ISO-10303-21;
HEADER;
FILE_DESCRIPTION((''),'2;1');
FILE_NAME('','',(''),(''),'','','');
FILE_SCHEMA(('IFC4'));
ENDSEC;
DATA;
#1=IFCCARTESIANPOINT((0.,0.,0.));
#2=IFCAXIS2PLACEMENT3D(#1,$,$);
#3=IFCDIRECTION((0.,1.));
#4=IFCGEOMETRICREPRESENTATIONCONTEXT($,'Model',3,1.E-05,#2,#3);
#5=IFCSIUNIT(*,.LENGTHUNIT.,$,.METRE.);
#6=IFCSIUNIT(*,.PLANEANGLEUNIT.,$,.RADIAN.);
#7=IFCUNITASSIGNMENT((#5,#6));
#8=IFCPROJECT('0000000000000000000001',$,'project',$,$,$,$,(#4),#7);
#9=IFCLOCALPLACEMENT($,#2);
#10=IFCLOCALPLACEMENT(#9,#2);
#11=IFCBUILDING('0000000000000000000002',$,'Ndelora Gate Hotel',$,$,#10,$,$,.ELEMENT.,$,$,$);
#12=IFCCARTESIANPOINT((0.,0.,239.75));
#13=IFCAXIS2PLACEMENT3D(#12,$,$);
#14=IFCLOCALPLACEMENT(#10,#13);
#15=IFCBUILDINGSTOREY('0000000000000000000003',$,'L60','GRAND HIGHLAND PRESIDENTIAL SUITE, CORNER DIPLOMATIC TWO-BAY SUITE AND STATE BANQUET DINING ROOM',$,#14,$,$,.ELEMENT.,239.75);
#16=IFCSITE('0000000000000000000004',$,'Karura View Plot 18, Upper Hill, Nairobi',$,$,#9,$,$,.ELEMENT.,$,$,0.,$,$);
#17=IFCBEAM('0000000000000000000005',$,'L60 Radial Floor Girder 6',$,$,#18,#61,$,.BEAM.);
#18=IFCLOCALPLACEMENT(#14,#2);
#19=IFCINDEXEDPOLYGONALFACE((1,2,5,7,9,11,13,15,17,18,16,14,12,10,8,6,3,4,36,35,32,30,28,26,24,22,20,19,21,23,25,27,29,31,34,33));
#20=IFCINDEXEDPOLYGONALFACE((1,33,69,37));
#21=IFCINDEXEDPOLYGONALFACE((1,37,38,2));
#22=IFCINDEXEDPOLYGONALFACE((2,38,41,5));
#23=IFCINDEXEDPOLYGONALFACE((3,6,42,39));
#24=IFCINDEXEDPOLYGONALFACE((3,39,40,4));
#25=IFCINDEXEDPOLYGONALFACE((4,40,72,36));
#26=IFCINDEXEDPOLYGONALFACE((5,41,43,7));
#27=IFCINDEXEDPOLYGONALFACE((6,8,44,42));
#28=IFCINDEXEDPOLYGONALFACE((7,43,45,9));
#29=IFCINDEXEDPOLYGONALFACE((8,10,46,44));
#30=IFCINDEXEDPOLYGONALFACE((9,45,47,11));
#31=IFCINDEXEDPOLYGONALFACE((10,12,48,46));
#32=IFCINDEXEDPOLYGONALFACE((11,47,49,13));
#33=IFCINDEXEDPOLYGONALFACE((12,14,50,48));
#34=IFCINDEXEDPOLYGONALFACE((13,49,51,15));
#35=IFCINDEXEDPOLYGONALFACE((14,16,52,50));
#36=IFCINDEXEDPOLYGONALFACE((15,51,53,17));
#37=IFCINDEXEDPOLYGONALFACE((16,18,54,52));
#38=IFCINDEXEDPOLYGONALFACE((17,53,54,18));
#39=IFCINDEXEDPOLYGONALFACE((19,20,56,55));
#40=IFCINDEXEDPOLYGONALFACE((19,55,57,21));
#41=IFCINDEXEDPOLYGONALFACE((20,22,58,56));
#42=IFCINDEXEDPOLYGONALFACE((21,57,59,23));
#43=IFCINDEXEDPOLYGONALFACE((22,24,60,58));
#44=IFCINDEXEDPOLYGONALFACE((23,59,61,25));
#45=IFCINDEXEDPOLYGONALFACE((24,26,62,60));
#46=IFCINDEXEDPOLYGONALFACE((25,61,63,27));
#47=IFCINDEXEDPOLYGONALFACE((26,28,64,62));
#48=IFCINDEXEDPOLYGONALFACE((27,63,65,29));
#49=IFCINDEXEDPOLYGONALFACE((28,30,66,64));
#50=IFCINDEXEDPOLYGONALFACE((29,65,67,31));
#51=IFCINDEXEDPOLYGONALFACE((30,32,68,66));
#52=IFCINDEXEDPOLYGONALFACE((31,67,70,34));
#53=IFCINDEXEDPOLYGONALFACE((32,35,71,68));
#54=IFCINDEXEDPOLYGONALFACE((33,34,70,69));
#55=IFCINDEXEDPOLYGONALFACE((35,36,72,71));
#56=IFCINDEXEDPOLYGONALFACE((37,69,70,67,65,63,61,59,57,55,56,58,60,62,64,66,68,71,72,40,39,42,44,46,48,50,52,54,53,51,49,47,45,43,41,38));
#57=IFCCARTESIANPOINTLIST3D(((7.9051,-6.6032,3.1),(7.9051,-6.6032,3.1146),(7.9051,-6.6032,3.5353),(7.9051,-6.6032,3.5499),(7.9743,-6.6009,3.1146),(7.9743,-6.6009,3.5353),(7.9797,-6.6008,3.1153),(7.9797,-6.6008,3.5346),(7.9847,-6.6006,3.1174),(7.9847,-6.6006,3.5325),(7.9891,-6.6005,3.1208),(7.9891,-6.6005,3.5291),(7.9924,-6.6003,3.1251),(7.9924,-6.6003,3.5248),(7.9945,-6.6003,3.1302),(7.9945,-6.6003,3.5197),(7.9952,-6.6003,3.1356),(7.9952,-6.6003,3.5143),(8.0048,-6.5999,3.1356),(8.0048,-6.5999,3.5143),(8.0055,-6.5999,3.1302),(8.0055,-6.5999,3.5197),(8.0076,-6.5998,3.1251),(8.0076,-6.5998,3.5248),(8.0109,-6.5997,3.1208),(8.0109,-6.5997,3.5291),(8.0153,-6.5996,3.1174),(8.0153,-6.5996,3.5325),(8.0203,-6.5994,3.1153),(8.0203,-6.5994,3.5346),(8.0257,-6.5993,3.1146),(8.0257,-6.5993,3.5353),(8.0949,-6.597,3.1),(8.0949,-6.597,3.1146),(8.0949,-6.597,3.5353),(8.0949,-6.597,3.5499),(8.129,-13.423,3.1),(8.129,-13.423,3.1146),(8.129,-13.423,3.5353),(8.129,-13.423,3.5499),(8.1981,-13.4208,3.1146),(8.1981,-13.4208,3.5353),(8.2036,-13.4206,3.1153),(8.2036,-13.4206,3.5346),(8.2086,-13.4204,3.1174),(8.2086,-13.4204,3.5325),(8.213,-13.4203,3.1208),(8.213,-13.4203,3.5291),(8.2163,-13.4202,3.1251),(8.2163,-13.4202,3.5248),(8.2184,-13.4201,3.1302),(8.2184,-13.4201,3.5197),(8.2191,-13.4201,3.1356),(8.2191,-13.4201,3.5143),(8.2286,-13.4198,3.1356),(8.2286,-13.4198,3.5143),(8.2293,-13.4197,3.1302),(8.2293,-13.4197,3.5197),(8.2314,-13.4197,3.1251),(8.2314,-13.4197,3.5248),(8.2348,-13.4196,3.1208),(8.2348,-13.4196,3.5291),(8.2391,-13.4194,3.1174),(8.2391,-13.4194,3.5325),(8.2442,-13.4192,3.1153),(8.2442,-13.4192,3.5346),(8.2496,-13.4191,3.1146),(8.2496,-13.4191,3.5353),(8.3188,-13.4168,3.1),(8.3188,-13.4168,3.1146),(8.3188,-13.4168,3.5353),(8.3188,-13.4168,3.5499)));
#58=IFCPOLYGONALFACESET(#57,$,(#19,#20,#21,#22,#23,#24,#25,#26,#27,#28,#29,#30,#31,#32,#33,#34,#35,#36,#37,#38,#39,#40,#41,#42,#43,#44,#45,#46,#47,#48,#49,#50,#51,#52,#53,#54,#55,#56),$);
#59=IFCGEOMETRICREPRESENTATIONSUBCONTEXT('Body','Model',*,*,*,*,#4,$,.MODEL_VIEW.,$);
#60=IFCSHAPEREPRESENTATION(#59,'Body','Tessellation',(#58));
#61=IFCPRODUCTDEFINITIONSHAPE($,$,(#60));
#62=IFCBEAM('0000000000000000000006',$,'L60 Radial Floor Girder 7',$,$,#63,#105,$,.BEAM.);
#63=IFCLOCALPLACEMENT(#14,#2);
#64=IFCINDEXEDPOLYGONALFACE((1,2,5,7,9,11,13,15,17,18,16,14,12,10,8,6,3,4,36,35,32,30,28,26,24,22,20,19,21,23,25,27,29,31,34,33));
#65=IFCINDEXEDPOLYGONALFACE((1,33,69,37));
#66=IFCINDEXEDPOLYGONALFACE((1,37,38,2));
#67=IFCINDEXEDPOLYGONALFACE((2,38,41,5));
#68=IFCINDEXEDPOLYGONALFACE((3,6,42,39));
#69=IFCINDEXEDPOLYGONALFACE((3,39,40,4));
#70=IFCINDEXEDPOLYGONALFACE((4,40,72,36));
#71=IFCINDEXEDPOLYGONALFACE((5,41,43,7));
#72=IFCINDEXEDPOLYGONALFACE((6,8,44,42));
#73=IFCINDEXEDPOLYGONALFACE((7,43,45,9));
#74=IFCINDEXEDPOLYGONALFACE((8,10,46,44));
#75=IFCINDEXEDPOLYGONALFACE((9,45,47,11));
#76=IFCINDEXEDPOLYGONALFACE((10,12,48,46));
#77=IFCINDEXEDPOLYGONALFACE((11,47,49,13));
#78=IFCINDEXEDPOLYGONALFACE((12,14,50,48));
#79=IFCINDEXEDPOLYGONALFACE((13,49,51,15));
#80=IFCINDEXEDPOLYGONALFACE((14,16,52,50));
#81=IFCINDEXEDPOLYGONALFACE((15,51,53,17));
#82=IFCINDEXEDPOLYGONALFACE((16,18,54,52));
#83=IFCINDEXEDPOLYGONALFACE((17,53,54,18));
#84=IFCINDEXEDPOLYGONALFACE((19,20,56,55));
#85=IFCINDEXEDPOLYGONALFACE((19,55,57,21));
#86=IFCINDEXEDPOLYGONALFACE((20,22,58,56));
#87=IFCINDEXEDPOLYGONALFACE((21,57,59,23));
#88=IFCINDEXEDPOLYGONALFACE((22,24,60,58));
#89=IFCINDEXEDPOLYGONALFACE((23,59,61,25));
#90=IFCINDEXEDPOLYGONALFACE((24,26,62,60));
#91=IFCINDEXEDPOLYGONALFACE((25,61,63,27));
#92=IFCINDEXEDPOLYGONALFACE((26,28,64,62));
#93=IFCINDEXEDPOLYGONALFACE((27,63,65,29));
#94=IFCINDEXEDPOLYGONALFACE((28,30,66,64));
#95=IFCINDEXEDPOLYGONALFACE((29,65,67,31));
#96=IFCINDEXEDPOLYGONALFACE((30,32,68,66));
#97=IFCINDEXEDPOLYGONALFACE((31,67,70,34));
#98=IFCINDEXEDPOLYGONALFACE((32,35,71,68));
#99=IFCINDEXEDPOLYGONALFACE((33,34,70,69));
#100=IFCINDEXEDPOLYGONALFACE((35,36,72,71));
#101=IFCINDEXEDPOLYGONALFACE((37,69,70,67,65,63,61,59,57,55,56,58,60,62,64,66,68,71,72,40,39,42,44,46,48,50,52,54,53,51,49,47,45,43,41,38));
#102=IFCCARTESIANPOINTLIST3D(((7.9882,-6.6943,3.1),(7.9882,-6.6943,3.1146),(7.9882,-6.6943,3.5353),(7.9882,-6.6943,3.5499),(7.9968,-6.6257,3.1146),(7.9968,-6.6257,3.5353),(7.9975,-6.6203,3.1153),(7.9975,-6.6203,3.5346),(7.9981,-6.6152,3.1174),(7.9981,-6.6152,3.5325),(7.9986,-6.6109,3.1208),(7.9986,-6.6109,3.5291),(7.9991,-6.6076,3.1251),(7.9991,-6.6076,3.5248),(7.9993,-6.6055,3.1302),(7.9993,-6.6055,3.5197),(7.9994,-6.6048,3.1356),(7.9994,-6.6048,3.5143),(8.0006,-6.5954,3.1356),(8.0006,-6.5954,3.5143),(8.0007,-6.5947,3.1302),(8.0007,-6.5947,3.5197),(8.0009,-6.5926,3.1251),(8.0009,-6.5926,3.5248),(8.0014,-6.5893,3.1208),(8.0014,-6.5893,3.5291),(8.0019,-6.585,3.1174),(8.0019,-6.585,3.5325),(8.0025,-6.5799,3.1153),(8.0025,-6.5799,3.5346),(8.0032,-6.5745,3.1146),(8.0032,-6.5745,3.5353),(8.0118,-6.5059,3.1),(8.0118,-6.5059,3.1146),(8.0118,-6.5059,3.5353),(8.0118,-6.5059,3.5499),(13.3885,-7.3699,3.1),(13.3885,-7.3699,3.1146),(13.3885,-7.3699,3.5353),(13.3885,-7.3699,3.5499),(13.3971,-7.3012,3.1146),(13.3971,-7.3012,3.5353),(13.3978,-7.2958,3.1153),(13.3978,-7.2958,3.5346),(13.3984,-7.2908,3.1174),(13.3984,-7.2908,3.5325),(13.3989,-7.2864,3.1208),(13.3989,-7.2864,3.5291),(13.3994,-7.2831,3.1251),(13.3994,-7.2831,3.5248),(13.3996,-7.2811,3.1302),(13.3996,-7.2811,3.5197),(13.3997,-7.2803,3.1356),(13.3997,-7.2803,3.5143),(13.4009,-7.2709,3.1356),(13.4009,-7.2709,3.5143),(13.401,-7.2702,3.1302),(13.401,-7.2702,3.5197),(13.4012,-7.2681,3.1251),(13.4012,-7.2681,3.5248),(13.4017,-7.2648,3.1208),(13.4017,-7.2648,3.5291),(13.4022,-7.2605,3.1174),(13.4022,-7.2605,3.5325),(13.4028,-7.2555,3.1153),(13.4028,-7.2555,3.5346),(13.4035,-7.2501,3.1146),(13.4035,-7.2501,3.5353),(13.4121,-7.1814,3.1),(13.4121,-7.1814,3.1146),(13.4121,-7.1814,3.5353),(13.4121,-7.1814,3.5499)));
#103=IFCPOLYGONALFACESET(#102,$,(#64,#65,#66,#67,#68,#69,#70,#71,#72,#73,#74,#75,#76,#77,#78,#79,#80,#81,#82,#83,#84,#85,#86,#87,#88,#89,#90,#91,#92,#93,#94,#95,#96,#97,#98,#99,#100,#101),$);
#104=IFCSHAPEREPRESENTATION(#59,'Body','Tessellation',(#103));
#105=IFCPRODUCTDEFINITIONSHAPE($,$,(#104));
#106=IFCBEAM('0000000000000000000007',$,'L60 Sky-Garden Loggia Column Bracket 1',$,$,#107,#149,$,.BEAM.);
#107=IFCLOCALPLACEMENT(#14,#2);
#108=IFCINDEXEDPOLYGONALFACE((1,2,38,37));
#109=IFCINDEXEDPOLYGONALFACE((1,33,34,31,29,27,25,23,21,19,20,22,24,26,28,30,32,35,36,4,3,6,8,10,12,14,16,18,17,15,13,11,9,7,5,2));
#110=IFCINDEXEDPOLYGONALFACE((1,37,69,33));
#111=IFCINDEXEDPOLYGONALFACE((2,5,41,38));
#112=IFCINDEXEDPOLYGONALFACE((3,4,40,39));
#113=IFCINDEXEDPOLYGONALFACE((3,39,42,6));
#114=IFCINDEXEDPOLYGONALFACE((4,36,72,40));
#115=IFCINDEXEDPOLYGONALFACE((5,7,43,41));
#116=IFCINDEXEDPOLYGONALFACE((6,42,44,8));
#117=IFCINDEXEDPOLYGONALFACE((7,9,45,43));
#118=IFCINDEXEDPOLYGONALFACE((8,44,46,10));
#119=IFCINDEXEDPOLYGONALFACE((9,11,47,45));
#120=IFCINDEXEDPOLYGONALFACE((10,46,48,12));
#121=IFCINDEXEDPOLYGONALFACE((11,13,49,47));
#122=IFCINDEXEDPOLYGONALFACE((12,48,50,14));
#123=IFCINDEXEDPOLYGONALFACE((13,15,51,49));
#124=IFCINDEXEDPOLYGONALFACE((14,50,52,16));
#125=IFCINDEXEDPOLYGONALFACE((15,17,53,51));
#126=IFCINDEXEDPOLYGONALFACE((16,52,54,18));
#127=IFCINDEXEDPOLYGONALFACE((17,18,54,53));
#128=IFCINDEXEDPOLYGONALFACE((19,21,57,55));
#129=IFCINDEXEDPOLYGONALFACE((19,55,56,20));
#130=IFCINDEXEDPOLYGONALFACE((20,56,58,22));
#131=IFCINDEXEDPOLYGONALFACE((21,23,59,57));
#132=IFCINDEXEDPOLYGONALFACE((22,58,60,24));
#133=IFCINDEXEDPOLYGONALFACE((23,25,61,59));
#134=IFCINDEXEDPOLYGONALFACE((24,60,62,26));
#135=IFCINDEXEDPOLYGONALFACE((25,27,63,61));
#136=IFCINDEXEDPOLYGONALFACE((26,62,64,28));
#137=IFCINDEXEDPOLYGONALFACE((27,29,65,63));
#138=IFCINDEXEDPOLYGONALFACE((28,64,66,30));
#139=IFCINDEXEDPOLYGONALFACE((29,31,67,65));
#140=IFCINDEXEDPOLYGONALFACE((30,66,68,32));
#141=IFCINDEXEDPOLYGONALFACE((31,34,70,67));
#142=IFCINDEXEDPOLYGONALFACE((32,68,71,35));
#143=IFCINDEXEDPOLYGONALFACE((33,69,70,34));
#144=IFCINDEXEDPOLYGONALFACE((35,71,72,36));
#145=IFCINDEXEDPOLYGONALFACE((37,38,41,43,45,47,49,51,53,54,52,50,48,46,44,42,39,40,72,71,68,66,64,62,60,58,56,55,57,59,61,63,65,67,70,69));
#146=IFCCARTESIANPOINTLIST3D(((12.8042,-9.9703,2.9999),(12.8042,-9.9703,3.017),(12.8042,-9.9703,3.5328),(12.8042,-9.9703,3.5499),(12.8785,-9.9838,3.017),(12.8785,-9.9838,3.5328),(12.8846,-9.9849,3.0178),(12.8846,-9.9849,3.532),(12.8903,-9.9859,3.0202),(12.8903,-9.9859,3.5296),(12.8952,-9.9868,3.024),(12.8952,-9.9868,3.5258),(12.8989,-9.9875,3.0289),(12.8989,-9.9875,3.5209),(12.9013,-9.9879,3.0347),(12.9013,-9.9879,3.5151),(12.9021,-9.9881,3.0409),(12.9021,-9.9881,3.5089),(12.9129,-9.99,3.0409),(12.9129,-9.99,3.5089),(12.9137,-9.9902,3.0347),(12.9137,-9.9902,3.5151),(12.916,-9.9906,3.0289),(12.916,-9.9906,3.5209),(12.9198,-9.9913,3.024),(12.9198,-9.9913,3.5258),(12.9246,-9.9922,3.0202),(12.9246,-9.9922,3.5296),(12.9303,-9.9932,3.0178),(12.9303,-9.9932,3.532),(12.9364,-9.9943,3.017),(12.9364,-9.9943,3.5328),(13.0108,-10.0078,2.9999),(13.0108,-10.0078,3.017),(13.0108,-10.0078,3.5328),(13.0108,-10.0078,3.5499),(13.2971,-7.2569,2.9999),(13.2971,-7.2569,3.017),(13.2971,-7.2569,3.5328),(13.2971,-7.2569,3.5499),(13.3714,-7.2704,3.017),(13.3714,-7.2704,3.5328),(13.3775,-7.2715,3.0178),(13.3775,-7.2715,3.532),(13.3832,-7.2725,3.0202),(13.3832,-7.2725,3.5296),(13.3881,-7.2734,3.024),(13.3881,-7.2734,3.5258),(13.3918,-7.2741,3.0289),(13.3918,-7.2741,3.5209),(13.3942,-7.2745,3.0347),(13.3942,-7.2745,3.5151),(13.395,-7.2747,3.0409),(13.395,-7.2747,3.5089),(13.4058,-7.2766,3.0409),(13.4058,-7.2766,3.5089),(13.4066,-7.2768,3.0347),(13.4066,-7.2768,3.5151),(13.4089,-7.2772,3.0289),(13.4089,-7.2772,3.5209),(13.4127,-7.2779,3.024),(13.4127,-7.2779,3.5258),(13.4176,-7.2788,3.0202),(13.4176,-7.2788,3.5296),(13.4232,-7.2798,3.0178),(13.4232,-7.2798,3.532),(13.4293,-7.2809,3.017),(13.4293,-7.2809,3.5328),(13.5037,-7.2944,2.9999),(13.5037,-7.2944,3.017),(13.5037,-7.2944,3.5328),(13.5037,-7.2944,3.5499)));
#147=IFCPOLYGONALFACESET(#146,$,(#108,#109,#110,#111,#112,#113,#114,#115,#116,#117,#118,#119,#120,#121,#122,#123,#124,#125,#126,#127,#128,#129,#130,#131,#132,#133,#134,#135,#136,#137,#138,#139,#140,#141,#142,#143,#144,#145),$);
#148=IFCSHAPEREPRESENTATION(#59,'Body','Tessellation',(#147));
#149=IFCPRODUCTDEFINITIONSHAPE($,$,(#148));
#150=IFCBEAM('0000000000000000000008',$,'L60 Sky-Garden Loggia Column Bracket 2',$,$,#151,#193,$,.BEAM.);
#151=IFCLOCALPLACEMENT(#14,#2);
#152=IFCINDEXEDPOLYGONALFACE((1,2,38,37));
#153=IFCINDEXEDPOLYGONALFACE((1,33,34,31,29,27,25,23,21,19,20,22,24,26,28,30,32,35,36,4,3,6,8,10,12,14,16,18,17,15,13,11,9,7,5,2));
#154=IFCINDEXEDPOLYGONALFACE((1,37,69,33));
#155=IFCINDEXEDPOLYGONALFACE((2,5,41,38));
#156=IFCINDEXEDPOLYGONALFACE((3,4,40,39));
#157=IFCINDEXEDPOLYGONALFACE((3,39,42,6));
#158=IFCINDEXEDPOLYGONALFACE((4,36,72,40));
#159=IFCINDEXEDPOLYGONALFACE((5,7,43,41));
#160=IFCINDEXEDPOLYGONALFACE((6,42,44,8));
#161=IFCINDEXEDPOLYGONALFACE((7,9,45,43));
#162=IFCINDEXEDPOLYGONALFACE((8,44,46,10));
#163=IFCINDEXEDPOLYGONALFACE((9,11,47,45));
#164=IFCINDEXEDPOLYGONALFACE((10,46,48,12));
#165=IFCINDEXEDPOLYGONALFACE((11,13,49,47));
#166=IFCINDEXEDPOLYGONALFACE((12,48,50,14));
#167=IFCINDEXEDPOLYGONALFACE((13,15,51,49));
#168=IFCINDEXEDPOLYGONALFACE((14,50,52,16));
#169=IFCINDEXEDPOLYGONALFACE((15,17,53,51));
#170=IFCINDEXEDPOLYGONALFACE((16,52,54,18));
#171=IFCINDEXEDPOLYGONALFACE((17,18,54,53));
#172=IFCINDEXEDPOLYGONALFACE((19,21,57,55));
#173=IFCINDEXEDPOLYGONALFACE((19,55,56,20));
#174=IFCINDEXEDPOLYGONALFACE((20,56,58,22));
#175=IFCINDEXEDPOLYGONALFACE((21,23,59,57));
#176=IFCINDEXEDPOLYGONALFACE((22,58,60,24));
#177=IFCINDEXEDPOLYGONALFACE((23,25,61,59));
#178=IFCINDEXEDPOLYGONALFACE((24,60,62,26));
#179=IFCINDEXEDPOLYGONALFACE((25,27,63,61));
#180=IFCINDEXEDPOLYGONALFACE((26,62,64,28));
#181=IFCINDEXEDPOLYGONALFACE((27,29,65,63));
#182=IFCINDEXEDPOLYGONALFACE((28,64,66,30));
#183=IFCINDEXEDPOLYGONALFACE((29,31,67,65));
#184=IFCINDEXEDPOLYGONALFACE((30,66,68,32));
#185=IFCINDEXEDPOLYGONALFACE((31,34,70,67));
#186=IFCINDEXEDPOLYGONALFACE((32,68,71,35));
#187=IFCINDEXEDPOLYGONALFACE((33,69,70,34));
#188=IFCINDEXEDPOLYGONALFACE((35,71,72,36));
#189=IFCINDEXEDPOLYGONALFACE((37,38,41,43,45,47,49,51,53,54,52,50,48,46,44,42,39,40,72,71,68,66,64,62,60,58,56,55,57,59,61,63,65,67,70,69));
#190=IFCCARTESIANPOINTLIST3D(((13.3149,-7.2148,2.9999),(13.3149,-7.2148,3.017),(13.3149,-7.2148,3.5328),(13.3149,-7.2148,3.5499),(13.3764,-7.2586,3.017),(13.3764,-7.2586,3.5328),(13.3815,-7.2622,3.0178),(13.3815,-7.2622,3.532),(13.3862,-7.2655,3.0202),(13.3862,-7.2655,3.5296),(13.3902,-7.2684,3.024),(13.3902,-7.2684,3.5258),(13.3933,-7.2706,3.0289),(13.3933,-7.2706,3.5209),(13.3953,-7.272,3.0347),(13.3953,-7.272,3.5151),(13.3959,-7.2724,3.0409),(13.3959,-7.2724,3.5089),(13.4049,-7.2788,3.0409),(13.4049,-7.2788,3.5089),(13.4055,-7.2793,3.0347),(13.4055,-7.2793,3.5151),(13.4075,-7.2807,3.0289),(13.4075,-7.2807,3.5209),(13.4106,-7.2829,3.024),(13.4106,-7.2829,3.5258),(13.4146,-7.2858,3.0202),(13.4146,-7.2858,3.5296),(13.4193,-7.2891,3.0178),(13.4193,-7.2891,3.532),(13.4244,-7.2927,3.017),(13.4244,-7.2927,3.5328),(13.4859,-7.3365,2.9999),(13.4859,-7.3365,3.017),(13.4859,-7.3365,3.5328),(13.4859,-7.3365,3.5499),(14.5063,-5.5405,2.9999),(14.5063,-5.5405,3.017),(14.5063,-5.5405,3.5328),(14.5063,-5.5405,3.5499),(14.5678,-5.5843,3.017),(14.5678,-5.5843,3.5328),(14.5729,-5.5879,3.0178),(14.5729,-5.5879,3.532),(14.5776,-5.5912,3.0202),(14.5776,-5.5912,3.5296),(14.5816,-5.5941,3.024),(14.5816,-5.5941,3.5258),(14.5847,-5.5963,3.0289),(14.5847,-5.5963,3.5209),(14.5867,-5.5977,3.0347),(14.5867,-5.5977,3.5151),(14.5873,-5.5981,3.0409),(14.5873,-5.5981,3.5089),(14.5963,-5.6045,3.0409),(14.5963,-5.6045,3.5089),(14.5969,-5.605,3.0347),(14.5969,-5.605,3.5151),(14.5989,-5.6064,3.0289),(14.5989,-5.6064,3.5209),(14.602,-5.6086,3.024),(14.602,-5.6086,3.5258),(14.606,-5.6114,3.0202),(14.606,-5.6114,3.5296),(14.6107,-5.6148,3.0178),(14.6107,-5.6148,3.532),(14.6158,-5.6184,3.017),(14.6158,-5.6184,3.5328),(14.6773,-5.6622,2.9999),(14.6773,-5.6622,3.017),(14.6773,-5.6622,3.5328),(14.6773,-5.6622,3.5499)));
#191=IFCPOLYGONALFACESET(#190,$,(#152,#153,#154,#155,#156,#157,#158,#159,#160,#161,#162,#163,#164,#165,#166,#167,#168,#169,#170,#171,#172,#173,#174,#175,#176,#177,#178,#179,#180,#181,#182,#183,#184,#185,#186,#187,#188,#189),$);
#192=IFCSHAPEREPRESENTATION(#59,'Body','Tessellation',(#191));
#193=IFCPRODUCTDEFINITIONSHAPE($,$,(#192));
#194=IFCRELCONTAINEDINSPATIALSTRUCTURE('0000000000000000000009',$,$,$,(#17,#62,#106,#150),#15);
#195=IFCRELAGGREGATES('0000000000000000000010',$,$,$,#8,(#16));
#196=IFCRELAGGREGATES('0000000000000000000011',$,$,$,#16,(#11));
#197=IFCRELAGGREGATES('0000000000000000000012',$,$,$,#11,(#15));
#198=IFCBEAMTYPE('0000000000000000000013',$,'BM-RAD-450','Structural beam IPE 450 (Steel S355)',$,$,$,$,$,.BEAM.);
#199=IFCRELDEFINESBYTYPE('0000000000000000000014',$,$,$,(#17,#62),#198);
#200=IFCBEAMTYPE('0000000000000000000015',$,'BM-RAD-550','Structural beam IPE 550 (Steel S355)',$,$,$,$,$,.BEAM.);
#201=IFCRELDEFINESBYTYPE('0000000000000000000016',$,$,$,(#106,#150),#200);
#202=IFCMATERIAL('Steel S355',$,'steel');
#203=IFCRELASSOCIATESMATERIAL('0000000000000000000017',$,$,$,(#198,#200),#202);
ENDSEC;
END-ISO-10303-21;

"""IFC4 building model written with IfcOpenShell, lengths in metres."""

from ifc_helpers import new_model, si_unit, direction, frame, origin, origin_2d, place, context, subcontext, project, spatial, i_section, extrude, material, material_profile, profile_set, type_object, element, save


model = new_model("IFC4")

# Units and contexts
model_context = context("Model", 3, precision=1e-05, world=origin(), true_north=direction((0.0, 1.0)))
body_context = subcontext(model_context, "Body", "Model", "MODEL_VIEW")
ifc_project = project(units=[si_unit("LENGTHUNIT", "METRE"), si_unit("PLANEANGLEUNIT", "RADIAN")], contexts=[model_context])

# Site, building, storey
site_placement = place(None, origin())
site = spatial("IfcSite", under=ifc_project, at=site_placement, Name="Karura View Plot 18, Upper Hill, Nairobi", CompositionType="ELEMENT", RefElevation=0.0)
building_placement = place(site_placement, origin())
building = spatial("IfcBuilding", under=site, at=building_placement, Name="Ndelora Gate Hotel", CompositionType="ELEMENT")
storey_placement = place(building_placement, frame((0.0, 0.0, 239.75)))
storey = spatial("IfcBuildingStorey", under=building, at=storey_placement, Name="L60", Description="GRAND HIGHLAND PRESIDENTIAL SUITE, CORNER DIPLOMATIC TWO-BAY SUITE AND STATE BANQUET DINING ROOM", CompositionType="ELEMENT", Elevation=239.75)

# Beams
ifc_material_1 = material(Name="Steel S355", Category="steel")
ifc_material_profile_1 = material_profile(ifc_material_1, i_section(OverallWidth=0.1899, OverallDepth=0.45, WebThickness=0.0095, FlangeThickness=0.0146, FilletRadius=0.021, at=origin_2d()), Name="IPE 450")
ifc_profile_set_1 = profile_set([ifc_material_profile_1], Name="Steel S355")
beam_type_1 = type_object("IfcBeamType", Name="BM-RAD-450", Description="Structural beam IPE 450 (Steel S355)", PredefinedType="BEAM", material=ifc_profile_set_1)
beam_1_placement = place(storey_placement, frame((8.0, -6.6001, 3.325), z_axis=(0.03281, -0.999462, 0.0), x_axis=(0.999462, 0.03281, 0.0)))
element("IfcBeam", 1, at=beam_1_placement, inside=storey, type_object=beam_type_1, Name="L60 Radial Floor Girder 6", PredefinedType="BEAM", context=body_context, shape_type="SweptSolid", body=[
    extrude(i_section(OverallWidth=0.1899, OverallDepth=0.45, WebThickness=0.0095, FlangeThickness=0.0146, FilletRadius=0.021, at=origin_2d()), origin(), (0.0, 0.0, 1.0), 6.8235),
])
beam_2_placement = place(storey_placement, frame((8.0, -6.6001, 3.325), z_axis=(0.992267, -0.124123, 0.0), x_axis=(0.124123, 0.992267, 0.0)))
element("IfcBeam", 2, at=beam_2_placement, inside=storey, type_object=beam_type_1, Name="L60 Radial Floor Girder 7", PredefinedType="BEAM", context=body_context, shape_type="SweptSolid", body=[
    extrude(i_section(OverallWidth=0.1899, OverallDepth=0.45, WebThickness=0.0095, FlangeThickness=0.0146, FilletRadius=0.021, at=origin_2d()), origin(), (0.0, 0.0, 1.0), 5.4424),
])
ifc_material_profile_2 = material_profile(ifc_material_1, i_section(OverallWidth=0.21, OverallDepth=0.55, WebThickness=0.011, FlangeThickness=0.0171, FilletRadius=0.0239, at=origin_2d()), Name="IPE 550")
ifc_profile_set_2 = profile_set([ifc_material_profile_2], Name="Steel S355")
beam_type_2 = type_object("IfcBeamType", Name="BM-RAD-550", Description="Structural beam IPE 550 (Steel S355)", PredefinedType="BEAM", material=ifc_profile_set_2)
beam_3_placement = place(storey_placement, frame((13.4004, -7.2756, 3.2749), z_axis=(-0.178737, -0.983897, 0.0), x_axis=(0.983897, -0.178737, 0.0)))
element("IfcBeam", 3, at=beam_3_placement, inside=storey, type_object=beam_type_2, Name="L60 Sky-Garden Loggia Column Bracket 1", PredefinedType="BEAM", context=body_context, shape_type="SweptSolid", body=[
    extrude(i_section(OverallWidth=0.21, OverallDepth=0.55, WebThickness=0.011, FlangeThickness=0.0171, FilletRadius=0.0239, at=origin_2d()), origin(), (0.0, 0.0, 1.0), 2.7578),
])
beam_4_placement = place(storey_placement, frame((13.4004, -7.2756, 3.2749), z_axis=(0.579776, 0.814776, 0.0), x_axis=(-0.814776, 0.579776, 0.0)))
element("IfcBeam", 4, at=beam_4_placement, inside=storey, type_object=beam_type_2, Name="L60 Sky-Garden Loggia Column Bracket 2", PredefinedType="BEAM", context=body_context, shape_type="SweptSolid", body=[
    extrude(i_section(OverallWidth=0.21, OverallDepth=0.55, WebThickness=0.011, FlangeThickness=0.0171, FilletRadius=0.0239, at=origin_2d()), origin(), (0.0, 0.0, 1.0), 2.0549),
])

save(model, "model.ifc")
